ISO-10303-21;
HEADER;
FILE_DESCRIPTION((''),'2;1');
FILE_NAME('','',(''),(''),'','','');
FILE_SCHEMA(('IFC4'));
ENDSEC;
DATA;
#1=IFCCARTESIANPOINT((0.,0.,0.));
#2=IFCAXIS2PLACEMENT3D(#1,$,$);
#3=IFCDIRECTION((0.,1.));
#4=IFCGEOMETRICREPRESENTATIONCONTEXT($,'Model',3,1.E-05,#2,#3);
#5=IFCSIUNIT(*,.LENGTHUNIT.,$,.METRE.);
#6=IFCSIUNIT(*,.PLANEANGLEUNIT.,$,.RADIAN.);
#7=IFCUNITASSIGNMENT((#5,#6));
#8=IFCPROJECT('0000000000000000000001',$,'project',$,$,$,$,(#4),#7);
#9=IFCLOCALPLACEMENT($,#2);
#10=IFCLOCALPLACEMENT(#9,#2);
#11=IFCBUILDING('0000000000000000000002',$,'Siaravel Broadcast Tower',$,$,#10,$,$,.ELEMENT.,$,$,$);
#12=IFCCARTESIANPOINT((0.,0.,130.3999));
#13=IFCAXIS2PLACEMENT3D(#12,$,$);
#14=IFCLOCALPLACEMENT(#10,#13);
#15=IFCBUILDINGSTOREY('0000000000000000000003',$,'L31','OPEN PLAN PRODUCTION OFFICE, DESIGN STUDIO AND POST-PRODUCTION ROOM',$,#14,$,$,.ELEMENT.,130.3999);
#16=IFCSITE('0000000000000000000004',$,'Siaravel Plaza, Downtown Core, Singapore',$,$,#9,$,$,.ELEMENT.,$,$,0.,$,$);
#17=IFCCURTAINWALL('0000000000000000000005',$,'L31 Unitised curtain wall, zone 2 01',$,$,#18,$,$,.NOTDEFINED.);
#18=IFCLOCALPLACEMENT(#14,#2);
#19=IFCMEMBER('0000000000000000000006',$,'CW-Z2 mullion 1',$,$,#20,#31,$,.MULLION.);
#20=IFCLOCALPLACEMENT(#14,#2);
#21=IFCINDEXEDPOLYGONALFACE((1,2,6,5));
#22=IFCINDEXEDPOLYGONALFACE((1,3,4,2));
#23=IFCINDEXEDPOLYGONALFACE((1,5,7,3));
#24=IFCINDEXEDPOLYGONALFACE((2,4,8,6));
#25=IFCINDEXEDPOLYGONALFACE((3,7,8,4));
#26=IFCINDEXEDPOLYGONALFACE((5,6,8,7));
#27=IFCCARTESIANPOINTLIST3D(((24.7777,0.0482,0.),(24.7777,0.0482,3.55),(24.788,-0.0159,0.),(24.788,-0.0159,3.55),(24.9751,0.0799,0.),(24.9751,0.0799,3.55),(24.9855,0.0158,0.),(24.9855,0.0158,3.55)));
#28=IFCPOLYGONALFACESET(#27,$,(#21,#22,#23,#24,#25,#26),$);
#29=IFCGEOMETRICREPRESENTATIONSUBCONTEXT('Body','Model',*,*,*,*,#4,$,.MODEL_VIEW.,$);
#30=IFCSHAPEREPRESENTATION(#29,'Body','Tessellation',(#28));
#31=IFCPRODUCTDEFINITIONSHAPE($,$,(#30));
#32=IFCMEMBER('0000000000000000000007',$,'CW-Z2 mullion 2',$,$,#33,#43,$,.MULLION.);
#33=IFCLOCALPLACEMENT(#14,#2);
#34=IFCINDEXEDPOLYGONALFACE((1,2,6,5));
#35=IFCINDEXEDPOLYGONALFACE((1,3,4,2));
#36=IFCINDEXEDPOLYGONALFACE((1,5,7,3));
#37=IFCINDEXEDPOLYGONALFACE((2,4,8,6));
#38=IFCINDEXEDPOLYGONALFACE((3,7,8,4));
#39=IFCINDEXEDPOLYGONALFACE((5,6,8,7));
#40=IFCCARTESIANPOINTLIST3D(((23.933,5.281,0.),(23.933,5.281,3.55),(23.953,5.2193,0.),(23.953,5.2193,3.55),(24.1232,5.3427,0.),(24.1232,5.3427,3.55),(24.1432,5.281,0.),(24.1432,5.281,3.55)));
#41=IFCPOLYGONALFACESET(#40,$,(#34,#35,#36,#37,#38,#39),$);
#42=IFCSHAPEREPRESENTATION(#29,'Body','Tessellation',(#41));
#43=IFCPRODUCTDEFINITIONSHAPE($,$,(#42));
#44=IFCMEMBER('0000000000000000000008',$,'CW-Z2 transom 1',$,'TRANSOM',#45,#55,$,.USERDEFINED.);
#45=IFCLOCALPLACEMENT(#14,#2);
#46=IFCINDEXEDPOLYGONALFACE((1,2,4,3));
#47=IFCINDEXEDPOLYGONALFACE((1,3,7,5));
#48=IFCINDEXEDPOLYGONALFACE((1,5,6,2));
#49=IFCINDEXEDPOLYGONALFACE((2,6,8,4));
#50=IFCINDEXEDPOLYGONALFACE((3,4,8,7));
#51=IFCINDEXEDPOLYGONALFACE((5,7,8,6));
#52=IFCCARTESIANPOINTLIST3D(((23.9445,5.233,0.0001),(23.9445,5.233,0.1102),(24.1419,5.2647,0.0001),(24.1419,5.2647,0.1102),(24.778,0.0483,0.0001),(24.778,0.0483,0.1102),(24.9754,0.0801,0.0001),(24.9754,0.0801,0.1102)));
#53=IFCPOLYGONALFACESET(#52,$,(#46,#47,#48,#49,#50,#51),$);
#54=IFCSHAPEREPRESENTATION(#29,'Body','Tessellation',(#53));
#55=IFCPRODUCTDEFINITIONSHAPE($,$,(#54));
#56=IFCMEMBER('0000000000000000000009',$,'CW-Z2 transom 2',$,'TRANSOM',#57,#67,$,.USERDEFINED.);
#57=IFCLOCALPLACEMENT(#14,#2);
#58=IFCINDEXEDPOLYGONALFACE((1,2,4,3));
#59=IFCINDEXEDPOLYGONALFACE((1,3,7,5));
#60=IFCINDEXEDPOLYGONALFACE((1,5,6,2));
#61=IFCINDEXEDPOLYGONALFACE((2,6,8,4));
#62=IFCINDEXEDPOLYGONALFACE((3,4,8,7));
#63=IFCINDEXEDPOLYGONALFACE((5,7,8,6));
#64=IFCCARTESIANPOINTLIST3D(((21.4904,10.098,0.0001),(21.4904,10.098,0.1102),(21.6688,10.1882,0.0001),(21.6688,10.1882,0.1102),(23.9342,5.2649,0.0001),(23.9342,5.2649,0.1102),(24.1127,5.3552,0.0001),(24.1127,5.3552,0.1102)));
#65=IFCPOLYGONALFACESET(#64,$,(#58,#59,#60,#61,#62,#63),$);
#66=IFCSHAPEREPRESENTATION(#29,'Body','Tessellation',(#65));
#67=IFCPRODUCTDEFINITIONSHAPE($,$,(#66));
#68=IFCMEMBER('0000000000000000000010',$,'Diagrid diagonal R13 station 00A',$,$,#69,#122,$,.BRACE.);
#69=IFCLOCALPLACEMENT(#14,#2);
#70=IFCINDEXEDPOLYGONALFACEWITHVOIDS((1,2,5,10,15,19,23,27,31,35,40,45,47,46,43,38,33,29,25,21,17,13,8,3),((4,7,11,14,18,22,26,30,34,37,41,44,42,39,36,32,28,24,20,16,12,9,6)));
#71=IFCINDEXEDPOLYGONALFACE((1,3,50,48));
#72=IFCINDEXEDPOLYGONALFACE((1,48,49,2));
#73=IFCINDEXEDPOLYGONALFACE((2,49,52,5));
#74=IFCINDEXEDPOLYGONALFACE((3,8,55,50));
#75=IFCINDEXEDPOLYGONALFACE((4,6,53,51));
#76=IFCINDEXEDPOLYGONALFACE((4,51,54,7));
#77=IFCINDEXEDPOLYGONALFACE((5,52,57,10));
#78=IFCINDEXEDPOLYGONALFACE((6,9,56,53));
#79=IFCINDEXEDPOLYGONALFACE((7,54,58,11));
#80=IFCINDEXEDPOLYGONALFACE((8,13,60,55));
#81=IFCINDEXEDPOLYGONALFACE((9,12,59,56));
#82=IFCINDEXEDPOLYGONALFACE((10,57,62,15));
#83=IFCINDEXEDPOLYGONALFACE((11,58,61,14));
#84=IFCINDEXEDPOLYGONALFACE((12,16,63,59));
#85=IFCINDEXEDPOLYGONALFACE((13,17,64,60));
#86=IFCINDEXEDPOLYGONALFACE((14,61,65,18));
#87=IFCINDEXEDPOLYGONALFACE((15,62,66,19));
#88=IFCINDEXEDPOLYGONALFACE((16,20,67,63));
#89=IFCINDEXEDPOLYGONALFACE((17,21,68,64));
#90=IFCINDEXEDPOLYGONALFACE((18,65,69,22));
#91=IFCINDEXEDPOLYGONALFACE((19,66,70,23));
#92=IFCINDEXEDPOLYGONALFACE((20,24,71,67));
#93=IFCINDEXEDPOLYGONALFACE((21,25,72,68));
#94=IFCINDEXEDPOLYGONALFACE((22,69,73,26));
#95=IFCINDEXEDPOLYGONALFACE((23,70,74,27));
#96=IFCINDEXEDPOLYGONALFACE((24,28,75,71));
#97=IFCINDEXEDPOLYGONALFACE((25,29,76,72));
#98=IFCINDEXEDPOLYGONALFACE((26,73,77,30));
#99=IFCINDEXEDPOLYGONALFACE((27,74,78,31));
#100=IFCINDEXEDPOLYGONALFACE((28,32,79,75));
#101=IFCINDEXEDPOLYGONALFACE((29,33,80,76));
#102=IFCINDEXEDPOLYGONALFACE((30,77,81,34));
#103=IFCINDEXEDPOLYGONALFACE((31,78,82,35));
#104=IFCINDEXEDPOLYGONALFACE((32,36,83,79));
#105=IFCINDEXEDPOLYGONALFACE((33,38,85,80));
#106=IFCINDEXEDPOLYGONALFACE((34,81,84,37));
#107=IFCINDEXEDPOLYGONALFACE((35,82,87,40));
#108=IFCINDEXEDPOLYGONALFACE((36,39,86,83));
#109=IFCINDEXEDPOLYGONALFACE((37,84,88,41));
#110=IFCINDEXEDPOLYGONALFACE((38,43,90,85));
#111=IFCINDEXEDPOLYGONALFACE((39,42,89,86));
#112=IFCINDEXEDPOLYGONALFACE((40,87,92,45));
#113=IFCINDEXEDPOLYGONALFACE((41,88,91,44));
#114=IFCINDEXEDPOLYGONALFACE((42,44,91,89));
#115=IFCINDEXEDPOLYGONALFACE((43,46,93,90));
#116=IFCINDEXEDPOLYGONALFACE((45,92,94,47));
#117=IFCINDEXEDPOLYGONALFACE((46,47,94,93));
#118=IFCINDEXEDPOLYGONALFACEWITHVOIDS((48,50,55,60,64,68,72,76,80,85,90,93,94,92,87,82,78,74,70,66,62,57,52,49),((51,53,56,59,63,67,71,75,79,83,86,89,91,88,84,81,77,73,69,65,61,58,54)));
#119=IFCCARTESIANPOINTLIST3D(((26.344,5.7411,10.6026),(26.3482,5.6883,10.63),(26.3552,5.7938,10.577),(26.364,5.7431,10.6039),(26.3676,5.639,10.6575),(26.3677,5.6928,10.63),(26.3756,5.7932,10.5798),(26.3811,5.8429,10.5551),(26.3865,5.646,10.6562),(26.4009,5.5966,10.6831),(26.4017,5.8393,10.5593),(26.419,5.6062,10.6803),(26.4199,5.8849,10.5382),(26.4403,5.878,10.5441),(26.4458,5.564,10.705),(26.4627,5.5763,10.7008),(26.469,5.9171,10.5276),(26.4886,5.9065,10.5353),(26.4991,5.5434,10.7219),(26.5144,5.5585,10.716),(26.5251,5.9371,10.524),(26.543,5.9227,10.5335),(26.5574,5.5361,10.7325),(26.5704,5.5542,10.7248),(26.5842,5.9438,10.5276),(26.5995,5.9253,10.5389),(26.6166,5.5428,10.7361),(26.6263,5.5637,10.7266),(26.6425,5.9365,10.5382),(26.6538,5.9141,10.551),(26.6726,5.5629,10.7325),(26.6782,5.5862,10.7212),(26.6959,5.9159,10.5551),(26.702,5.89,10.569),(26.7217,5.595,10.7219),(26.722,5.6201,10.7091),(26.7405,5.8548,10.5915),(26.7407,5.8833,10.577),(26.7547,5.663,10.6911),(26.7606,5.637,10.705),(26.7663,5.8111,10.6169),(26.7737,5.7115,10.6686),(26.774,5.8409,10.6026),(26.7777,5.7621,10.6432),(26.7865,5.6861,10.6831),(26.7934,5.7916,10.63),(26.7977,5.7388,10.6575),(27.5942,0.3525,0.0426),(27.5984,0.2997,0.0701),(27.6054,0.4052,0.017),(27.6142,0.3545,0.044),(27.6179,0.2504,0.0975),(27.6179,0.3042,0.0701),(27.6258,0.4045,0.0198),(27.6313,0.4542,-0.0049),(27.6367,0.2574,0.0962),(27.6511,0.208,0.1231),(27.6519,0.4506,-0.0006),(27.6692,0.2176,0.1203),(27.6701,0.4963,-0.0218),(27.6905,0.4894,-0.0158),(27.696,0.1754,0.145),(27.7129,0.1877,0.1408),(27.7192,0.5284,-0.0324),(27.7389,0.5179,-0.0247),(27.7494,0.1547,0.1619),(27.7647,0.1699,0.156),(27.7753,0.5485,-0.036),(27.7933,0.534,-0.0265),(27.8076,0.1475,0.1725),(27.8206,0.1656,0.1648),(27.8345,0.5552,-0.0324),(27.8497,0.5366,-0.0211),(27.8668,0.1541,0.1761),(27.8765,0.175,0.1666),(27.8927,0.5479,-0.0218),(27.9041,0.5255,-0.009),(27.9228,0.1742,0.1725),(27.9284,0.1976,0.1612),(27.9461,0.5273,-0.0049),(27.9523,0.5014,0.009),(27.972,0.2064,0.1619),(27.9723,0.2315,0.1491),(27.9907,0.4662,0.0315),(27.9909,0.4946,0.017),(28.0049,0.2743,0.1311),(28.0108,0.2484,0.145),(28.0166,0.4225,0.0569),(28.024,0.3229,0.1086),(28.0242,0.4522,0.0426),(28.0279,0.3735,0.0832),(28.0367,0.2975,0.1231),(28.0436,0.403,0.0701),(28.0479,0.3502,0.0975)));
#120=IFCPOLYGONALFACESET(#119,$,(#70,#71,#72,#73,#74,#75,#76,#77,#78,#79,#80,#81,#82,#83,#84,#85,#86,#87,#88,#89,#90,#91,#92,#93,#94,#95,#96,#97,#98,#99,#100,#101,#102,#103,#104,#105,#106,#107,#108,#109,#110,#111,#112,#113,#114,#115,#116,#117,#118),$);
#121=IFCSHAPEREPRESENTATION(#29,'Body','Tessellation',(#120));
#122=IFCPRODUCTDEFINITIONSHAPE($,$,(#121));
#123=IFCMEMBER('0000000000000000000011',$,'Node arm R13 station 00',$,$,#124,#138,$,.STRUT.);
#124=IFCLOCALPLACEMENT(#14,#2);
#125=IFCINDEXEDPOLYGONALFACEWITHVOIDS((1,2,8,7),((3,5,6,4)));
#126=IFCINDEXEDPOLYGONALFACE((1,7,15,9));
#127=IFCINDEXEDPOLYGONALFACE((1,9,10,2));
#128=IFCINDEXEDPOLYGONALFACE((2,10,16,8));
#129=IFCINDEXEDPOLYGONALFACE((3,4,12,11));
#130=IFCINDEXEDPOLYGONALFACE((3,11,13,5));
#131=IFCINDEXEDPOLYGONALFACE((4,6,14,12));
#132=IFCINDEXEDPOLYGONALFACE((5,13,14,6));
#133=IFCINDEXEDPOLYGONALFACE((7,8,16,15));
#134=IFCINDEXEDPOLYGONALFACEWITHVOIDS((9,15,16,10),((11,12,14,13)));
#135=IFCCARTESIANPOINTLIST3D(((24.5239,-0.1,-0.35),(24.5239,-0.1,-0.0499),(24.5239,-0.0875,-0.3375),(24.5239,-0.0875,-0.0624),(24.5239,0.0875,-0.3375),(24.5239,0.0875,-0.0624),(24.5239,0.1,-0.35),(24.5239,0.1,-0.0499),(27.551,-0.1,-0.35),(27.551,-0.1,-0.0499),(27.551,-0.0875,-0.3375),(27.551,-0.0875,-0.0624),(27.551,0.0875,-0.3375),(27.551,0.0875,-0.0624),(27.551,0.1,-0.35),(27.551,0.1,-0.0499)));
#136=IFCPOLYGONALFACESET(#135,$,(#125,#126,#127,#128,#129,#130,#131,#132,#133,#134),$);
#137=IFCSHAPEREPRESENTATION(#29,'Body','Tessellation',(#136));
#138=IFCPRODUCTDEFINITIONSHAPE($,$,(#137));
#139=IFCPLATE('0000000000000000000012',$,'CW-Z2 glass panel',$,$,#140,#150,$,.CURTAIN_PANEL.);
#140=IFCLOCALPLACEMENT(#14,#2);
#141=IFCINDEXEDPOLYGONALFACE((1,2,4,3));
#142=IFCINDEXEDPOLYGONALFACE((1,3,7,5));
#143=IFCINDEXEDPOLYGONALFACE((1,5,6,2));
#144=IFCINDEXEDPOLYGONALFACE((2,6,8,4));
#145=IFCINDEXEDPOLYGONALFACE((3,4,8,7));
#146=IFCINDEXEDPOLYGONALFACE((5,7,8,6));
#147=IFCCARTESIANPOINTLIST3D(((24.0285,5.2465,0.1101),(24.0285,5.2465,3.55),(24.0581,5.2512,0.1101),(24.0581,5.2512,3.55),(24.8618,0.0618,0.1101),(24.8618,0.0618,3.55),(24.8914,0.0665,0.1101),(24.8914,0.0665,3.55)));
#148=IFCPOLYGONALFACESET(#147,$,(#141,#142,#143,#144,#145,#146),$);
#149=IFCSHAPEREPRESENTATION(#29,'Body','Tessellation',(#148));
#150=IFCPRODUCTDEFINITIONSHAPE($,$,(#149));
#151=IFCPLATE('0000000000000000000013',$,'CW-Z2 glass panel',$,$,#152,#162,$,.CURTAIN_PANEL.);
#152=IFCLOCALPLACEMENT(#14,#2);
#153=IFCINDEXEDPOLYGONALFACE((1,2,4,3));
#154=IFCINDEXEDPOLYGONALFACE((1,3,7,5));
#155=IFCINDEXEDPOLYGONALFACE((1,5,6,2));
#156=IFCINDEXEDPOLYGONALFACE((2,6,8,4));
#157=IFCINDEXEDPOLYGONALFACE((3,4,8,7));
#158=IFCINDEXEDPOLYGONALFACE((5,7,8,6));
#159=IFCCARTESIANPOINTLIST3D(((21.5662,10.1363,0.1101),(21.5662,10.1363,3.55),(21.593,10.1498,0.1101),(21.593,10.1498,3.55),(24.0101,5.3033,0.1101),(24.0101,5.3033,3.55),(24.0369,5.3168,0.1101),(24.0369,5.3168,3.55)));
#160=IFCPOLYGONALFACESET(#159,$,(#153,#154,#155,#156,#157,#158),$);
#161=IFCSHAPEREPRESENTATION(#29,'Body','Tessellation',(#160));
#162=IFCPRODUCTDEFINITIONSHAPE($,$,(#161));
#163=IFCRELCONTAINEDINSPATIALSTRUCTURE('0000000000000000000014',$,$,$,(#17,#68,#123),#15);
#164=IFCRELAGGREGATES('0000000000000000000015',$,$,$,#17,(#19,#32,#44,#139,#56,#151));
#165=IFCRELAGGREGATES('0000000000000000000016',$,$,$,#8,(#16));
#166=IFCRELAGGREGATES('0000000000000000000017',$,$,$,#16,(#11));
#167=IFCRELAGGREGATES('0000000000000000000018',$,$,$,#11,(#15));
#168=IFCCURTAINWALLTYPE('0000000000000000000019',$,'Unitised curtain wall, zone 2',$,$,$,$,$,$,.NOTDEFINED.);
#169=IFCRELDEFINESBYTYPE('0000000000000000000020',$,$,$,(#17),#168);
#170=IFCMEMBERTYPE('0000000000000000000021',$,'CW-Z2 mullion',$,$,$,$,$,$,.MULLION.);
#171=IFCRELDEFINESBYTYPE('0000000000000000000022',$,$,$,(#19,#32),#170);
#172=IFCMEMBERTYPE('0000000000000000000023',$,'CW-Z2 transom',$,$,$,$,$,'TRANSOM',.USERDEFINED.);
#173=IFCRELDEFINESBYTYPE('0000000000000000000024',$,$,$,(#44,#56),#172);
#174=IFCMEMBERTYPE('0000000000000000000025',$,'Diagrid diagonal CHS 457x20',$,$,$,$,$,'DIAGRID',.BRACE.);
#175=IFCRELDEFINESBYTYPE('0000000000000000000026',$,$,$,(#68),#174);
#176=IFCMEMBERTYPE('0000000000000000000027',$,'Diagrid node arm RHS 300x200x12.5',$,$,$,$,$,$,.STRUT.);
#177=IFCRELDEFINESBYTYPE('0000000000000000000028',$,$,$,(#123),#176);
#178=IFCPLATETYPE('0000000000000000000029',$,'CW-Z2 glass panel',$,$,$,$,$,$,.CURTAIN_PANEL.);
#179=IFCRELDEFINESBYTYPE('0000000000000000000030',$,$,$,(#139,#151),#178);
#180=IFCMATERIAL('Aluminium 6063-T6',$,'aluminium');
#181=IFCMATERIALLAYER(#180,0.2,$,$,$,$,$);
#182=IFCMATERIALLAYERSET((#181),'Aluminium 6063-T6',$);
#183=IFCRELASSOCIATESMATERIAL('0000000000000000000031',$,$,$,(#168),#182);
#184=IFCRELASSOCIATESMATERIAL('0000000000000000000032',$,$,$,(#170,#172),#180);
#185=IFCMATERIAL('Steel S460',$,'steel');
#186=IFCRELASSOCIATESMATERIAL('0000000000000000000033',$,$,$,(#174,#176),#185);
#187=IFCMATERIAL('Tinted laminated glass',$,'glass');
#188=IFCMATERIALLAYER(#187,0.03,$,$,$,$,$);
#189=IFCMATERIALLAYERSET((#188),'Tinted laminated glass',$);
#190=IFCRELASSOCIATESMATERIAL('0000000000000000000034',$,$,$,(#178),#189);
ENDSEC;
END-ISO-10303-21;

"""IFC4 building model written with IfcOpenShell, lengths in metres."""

from ifc_helpers import new_model, si_unit, direction, frame, origin, origin_2d, place, context, subcontext, project, spatial, rectangle, hollow_rectangle, hollow_circle, extrude, material, layer, layer_set, material_profile, profile_set, type_object, element, aggregate, save


model = new_model("IFC4")

# Units and contexts
model_context = context("Model", 3, precision=1e-05, world=origin(), true_north=direction((0.0, 1.0)))
body_context = subcontext(model_context, "Body", "Model", "MODEL_VIEW")
ifc_project = project(units=[si_unit("LENGTHUNIT", "METRE"), si_unit("PLANEANGLEUNIT", "RADIAN")], contexts=[model_context])

# Site, building, storey
site_placement = place(None, origin())
site = spatial("IfcSite", under=ifc_project, at=site_placement, Name="Siaravel Plaza, Downtown Core, Singapore", CompositionType="ELEMENT", RefElevation=0.0)
building_placement = place(site_placement, origin())
building = spatial("IfcBuilding", under=site, at=building_placement, Name="Siaravel Broadcast Tower", CompositionType="ELEMENT")
storey_placement = place(building_placement, frame((0.0, 0.0, 130.3999)))
storey = spatial("IfcBuildingStorey", under=building, at=storey_placement, Name="L31", Description="OPEN PLAN PRODUCTION OFFICE, DESIGN STUDIO AND POST-PRODUCTION ROOM", CompositionType="ELEMENT", Elevation=130.3999)

# Curtain wall, members
ifc_material_1 = material(Name="Aluminium 6063-T6", Category="aluminium")
ifc_layer_1 = layer(ifc_material_1, 0.2)
ifc_layer_set_1 = layer_set([ifc_layer_1], Name="Aluminium 6063-T6")
curtain_wall_type = type_object("IfcCurtainWallType", Name="Unitised curtain wall, zone 2", PredefinedType="NOTDEFINED", material=ifc_layer_set_1)
curtain_wall_placement = place(storey_placement, origin())
curtain_wall = element("IfcCurtainWall", 1, at=curtain_wall_placement, inside=storey, type_object=curtain_wall_type, Name="L31 Unitised curtain wall, zone 2 01", PredefinedType="NOTDEFINED")
ifc_material_profile_1 = material_profile(ifc_material_1, rectangle(XDim=0.2, YDim=0.0649, at=origin_2d()))
ifc_profile_set_1 = profile_set([ifc_material_profile_1], Name="Aluminium 6063-T6")
member_type_1 = type_object("IfcMemberType", Name="CW-Z2 mullion", PredefinedType="MULLION", material=ifc_profile_set_1)
member_1_placement = place(storey_placement, frame((24.8816, 0.032, 0.0), z_axis=(0.0, 0.0, 1.0), x_axis=(-0.987329, -0.158685, 0.0)))
member_1 = element("IfcMember", 2, at=member_1_placement, type_object=member_type_1, Name="CW-Z2 mullion 1", PredefinedType="MULLION", context=body_context, shape_type="SweptSolid", body=[
    extrude(rectangle(XDim=0.2, YDim=0.0649, at=origin_2d()), origin(), (0.0, 0.0, 1.0), 3.55),
])
member_2_placement = place(storey_placement, frame((24.0381, 5.281, 0.0), z_axis=(0.0, 0.0, 1.0), x_axis=(-0.951178, -0.308644, 0.0)))
member_2 = element("IfcMember", 3, at=member_2_placement, type_object=member_type_1, Name="CW-Z2 mullion 2", PredefinedType="MULLION", context=body_context, shape_type="SweptSolid", body=[
    extrude(rectangle(XDim=0.2, YDim=0.0649, at=origin_2d()), origin(), (0.0, 0.0, 1.0), 3.55),
])
ifc_material_profile_2 = material_profile(ifc_material_1, rectangle(XDim=0.2, YDim=0.1101, at=origin_2d()))
ifc_profile_set_2 = profile_set([ifc_material_profile_2], Name="Aluminium 6063-T6")
member_type_2 = type_object("IfcMemberType", Name="CW-Z2 transom", ElementType="TRANSOM", PredefinedType="USERDEFINED", material=ifc_profile_set_2)
member_3_placement = place(storey_placement, frame((24.8767, 0.0642, 0.0552), z_axis=(-0.158727, 0.987323, 0.0), x_axis=(-0.987323, -0.158727, 0.0)))
member_3 = element("IfcMember", 4, at=member_3_placement, type_object=member_type_2, Name="CW-Z2 transom 1", ObjectType="TRANSOM", PredefinedType="USERDEFINED", context=body_context, shape_type="SweptSolid", body=[
    extrude(rectangle(XDim=0.2, YDim=0.1101, at=origin_2d()), origin(), (0.0, 0.0, 1.0), 5.2512),
])
member_4_placement = place(storey_placement, frame((24.0234, 5.3101, 0.0552), z_axis=(-0.451248, 0.892398, 0.0), x_axis=(-0.892398, -0.451248, 0.0)))
member_4 = element("IfcMember", 5, at=member_4_placement, type_object=member_type_2, Name="CW-Z2 transom 2", ObjectType="TRANSOM", PredefinedType="USERDEFINED", context=body_context, shape_type="SweptSolid", body=[
    extrude(rectangle(XDim=0.2, YDim=0.1101, at=origin_2d()), origin(), (0.0, 0.0, 1.0), 5.4158),
])

# Members
ifc_material_2 = material(Name="Steel S460", Category="steel")
ifc_material_profile_3 = material_profile(ifc_material_2, hollow_circle(Radius=0.2285, WallThickness=0.02, at=origin_2d()))
ifc_profile_set_3 = profile_set([ifc_material_profile_3], Name="Steel S460")
member_type_3 = type_object("IfcMemberType", Name="Diagrid diagonal CHS 457x20", ElementType="DIAGRID", PredefinedType="BRACE", material=ifc_profile_set_3)
member_5_placement = place(storey_placement, frame((27.821, 0.3513, 0.0701), z_axis=(-0.104875, 0.452023, 0.88582), x_axis=(-0.974125, -0.22601, 0.0)))
element("IfcMember", 6, at=member_5_placement, inside=storey, type_object=member_type_3, Name="Diagrid diagonal R13 station 00A", PredefinedType="BRACE", context=body_context, shape_type="SweptSolid", body=[
    extrude(hollow_circle(Radius=0.2285, WallThickness=0.02, at=origin_2d()), origin(), (0.0, 0.0, 1.0), 11.9211),
])
ifc_material_profile_4 = material_profile(ifc_material_2, hollow_rectangle(XDim=0.2, YDim=0.3, WallThickness=0.0125, at=origin_2d()))
ifc_profile_set_4 = profile_set([ifc_material_profile_4], Name="Steel S460")
member_type_4 = type_object("IfcMemberType", Name="Diagrid node arm RHS 300x200x12.5", PredefinedType="STRUT", material=ifc_profile_set_4)
member_6_placement = place(storey_placement, frame((24.5239, 0.0, -0.2), z_axis=(1.0, 0.0, 0.0), x_axis=(0.0, 1.0, 0.0)))
element("IfcMember", 7, at=member_6_placement, inside=storey, type_object=member_type_4, Name="Node arm R13 station 00", PredefinedType="STRUT", context=body_context, shape_type="SweptSolid", body=[
    extrude(hollow_rectangle(XDim=0.2, YDim=0.3, WallThickness=0.0125, at=origin_2d()), origin(), (0.0, 0.0, 1.0), 3.0271),
])

# Plates
ifc_material_3 = material(Name="Tinted laminated glass", Category="glass")
ifc_layer_2 = layer(ifc_material_3, 0.03)
ifc_layer_set_2 = layer_set([ifc_layer_2], Name="Tinted laminated glass")
plate_type = type_object("IfcPlateType", Name="CW-Z2 glass panel", PredefinedType="CURTAIN_PANEL", material=ifc_layer_set_2)
plate_1_placement = place(storey_placement, frame((24.46, 2.6565, 0.1101), z_axis=(0.0, 0.0, 1.0), x_axis=(-0.158685, 0.987329, 0.0)))
plate_1 = element("IfcPlate", 8, at=plate_1_placement, type_object=plate_type, Name="CW-Z2 glass panel", PredefinedType="CURTAIN_PANEL", context=body_context, shape_type="SweptSolid", body=[
    extrude(rectangle(XDim=5.2512, YDim=0.03, at=origin_2d()), origin(), (0.0, 0.0, 1.0), 3.4399),
])
plate_2_placement = place(storey_placement, frame((22.8015, 7.7266, 0.1101), z_axis=(0.0, 0.0, 1.0), x_axis=(-0.451259, 0.892393, 0.0)))
plate_2 = element("IfcPlate", 9, at=plate_2_placement, type_object=plate_type, Name="CW-Z2 glass panel", PredefinedType="CURTAIN_PANEL", context=body_context, shape_type="SweptSolid", body=[
    extrude(rectangle(XDim=5.4158, YDim=0.03, at=origin_2d()), origin(), (0.0, 0.0, 1.0), 3.4399),
])
aggregate(curtain_wall, [member_1, member_2, member_3, plate_1, member_4, plate_2])

save(model, "model.ifc")
